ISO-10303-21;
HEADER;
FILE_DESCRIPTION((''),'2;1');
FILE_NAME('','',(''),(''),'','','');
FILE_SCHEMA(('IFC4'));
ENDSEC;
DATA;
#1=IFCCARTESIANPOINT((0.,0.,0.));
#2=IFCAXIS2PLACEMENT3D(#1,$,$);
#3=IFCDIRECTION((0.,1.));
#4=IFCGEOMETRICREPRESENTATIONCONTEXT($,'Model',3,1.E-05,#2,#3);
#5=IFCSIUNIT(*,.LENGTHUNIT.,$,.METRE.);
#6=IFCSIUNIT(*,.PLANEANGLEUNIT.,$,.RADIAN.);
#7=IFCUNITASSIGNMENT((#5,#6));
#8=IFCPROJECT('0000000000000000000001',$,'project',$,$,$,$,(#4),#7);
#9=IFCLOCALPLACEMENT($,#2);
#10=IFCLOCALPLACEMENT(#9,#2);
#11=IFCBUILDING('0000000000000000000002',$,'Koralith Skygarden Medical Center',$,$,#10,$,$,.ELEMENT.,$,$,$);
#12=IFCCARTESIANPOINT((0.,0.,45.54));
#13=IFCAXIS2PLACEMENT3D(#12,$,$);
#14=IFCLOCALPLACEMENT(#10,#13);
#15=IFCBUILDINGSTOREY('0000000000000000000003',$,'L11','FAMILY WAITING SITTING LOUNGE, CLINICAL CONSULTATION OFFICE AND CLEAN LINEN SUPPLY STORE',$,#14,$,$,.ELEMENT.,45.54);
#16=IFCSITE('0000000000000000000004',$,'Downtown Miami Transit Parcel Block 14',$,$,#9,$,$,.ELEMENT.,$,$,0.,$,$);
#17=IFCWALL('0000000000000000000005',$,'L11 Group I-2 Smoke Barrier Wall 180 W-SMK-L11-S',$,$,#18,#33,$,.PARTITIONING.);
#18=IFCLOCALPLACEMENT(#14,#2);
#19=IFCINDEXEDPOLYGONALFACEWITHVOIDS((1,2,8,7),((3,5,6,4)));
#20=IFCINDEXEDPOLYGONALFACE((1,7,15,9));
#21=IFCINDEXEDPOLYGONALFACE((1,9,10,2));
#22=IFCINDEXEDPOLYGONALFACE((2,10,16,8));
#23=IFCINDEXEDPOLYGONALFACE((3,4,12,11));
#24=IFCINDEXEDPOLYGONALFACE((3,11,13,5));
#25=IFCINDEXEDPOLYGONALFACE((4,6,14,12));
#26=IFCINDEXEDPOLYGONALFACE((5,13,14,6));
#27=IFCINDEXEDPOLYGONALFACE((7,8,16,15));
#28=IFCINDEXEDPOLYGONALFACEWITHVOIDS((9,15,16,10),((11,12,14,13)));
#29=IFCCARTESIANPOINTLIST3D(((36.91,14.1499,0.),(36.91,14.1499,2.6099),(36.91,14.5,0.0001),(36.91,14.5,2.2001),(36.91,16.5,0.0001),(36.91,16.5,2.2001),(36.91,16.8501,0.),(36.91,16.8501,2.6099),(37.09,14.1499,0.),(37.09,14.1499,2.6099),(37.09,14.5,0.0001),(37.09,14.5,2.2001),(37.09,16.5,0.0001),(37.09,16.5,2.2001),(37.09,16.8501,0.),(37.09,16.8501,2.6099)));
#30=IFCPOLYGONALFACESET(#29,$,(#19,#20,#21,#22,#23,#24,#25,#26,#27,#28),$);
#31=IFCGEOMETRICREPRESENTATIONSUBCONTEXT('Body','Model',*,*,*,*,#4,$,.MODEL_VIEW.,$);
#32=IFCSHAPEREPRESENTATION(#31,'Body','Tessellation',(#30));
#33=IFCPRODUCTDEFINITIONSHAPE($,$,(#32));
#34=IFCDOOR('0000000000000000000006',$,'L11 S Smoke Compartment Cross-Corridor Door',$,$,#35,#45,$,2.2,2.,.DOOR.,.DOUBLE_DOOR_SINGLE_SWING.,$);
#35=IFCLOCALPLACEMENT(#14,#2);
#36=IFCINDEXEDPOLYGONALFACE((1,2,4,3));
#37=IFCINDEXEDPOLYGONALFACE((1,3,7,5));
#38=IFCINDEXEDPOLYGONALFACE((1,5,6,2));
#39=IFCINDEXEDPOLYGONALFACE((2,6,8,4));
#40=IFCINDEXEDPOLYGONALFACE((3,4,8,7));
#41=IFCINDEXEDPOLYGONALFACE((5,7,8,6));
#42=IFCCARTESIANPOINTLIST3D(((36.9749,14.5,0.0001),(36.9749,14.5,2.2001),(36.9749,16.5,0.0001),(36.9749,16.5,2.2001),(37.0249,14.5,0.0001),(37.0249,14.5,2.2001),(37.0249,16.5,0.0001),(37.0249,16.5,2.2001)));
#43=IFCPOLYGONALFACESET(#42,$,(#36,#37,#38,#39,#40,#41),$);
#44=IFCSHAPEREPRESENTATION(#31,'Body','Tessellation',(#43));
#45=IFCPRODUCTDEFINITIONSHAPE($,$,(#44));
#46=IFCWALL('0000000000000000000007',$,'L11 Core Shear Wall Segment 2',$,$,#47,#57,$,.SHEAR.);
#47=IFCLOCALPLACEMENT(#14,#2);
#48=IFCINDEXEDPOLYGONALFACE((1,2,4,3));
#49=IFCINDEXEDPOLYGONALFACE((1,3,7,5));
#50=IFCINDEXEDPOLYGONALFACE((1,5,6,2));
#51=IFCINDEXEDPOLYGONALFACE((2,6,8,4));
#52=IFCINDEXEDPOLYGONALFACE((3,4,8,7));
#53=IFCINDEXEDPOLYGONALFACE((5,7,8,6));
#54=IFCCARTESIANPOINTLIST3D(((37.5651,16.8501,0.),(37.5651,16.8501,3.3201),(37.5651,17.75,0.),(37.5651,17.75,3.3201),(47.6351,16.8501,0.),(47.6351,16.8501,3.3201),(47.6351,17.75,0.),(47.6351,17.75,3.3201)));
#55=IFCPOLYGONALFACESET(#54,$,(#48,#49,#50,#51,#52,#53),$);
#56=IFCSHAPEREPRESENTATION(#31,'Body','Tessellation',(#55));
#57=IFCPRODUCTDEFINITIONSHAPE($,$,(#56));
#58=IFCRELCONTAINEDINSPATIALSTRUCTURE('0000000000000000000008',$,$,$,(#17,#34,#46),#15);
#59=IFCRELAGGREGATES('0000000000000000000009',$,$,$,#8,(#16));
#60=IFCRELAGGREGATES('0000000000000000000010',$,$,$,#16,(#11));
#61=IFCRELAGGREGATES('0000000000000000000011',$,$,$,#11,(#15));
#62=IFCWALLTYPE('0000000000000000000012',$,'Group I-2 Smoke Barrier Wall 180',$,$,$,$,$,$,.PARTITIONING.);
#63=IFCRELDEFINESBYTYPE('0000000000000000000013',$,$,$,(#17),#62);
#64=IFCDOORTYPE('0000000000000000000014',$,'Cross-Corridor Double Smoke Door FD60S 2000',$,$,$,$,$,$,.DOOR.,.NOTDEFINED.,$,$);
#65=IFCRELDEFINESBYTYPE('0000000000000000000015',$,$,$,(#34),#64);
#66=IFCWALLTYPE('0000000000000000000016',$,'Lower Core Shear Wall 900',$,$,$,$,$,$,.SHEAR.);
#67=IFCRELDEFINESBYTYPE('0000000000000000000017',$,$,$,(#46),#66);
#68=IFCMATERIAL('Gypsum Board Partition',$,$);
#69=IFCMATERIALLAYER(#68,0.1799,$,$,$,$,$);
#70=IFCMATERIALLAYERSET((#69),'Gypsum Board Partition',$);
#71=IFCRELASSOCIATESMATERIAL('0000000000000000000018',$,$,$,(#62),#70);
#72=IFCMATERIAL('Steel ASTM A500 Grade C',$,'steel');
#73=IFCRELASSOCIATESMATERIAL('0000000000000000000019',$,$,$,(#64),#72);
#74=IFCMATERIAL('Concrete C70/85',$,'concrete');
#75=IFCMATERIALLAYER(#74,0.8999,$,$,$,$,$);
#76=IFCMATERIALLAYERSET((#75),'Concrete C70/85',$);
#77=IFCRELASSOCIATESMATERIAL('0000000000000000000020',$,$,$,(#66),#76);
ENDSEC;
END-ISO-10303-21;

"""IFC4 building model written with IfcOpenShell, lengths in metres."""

from ifc_helpers import new_model, si_unit, direction, frame, frame_2d, origin, place, context, subcontext, project, spatial, rectangle, extrude, material, layer, layer_set, type_object, element, fill, save


model = new_model("IFC4")

# Units and contexts
model_context = context("Model", 3, precision=1e-05, world=origin(), true_north=direction((0.0, 1.0)))
body_context = subcontext(model_context, "Body", "Model", "MODEL_VIEW")
ifc_project = project(units=[si_unit("LENGTHUNIT", "METRE"), si_unit("PLANEANGLEUNIT", "RADIAN")], contexts=[model_context])

# Site, building, storey
site_placement = place(None, origin())
site = spatial("IfcSite", under=ifc_project, at=site_placement, Name="Downtown Miami Transit Parcel Block 14", CompositionType="ELEMENT", RefElevation=0.0)
building_placement = place(site_placement, origin())
building = spatial("IfcBuilding", under=site, at=building_placement, Name="Koralith Skygarden Medical Center", CompositionType="ELEMENT")
storey_placement = place(building_placement, frame((0.0, 0.0, 45.54)))
storey = spatial("IfcBuildingStorey", under=building, at=storey_placement, Name="L11", Description="FAMILY WAITING SITTING LOUNGE, CLINICAL CONSULTATION OFFICE AND CLEAN LINEN SUPPLY STORE", CompositionType="ELEMENT", Elevation=45.54)

# Shared definitions
ifc_material_1 = material(Name="Concrete C70/85", Category="concrete")

# Shared definitions
ifc_material_2 = material(Name="Gypsum Board Partition")

# Wall, opening, door
ifc_layer_1 = layer(ifc_material_2, 0.1799)
ifc_layer_set_1 = layer_set([ifc_layer_1], Name="Gypsum Board Partition")
wall_type_1 = type_object("IfcWallType", Name="Group I-2 Smoke Barrier Wall 180", PredefinedType="PARTITIONING", material=ifc_layer_set_1)
wall_1_placement = place(storey_placement, frame((37.0, 14.1499, 0.0), z_axis=(0.0, 0.0, 1.0), x_axis=(0.0, 1.0, 0.0)))
wall_1 = element("IfcWall", 1, at=wall_1_placement, inside=storey, type_object=wall_type_1, Name="L11 Group I-2 Smoke Barrier Wall 180 W-SMK-L11-S", PredefinedType="PARTITIONING", context=body_context, shape_type="SweptSolid", body=[
    extrude(rectangle(XDim=2.7002, YDim=0.1799, at=frame_2d((1.3501, 0.0))), origin(), (0.0, 0.0, 1.0), 2.6099),
])
opening_1_placement = place(wall_1_placement, frame((0.3501, 0.0, 0.0)))
opening_1 = element("IfcOpeningElement", 2, at=opening_1_placement, cuts=wall_1, PredefinedType="OPENING", context=body_context, shape_type="SweptSolid", body=[
    extrude(rectangle(XDim=2.0, YDim=2.2, at=frame_2d((1.0, 1.1001))), frame((0.0, 0.0999, 0.0), z_axis=(0.0, -1.0, 0.0), x_axis=(1.0, 0.0, 0.0)), (0.0, 0.0, 1.0), 0.2),
])
ifc_material_3 = material(Name="Steel ASTM A500 Grade C", Category="steel")
door_type_1 = type_object("IfcDoorType", Name="Cross-Corridor Double Smoke Door FD60S 2000", OperationType="NOTDEFINED", PredefinedType="DOOR", material=ifc_material_3)
door_1_placement = place(opening_1_placement, frame((2.0, 0.0, 0.0), z_axis=(0.0, 0.0, 1.0), x_axis=(-1.0, 0.0, 0.0)))
door_1 = element("IfcDoor", 3, at=door_1_placement, inside=storey, type_object=door_type_1, Name="L11 S Smoke Compartment Cross-Corridor Door", OperationType="DOUBLE_DOOR_SINGLE_SWING", OverallHeight=2.2, OverallWidth=2.0, PredefinedType="DOOR", context=body_context, shape_type="SweptSolid", body=[
    extrude(rectangle(XDim=2.0, YDim=2.2, at=frame_2d((1.0, 1.1001))), frame((0.0, 0.0249, 0.0), z_axis=(0.0, -1.0, 0.0), x_axis=(1.0, 0.0, 0.0)), (0.0, 0.0, 1.0), 0.05),
])
fill(opening_1, door_1)

# Wall
ifc_layer_2 = layer(ifc_material_1, 0.8999)
ifc_layer_set_2 = layer_set([ifc_layer_2], Name="Concrete C70/85")
wall_type_2 = type_object("IfcWallType", Name="Lower Core Shear Wall 900", PredefinedType="SHEAR", material=ifc_layer_set_2)
wall_2_placement = place(storey_placement, frame((37.5649, 17.3, 0.0), z_axis=(0.0, 0.0, 1.0), x_axis=(1.0, 0.0, 0.0)))
element("IfcWall", 4, at=wall_2_placement, inside=storey, type_object=wall_type_2, Name="L11 Core Shear Wall Segment 2", PredefinedType="SHEAR", context=body_context, shape_type="SweptSolid", body=[
    extrude(rectangle(XDim=10.0701, YDim=0.8999, at=frame_2d((5.0352, 0.0))), origin(), (0.0, 0.0, 1.0), 3.3201),
])

save(model, "model.ifc")
